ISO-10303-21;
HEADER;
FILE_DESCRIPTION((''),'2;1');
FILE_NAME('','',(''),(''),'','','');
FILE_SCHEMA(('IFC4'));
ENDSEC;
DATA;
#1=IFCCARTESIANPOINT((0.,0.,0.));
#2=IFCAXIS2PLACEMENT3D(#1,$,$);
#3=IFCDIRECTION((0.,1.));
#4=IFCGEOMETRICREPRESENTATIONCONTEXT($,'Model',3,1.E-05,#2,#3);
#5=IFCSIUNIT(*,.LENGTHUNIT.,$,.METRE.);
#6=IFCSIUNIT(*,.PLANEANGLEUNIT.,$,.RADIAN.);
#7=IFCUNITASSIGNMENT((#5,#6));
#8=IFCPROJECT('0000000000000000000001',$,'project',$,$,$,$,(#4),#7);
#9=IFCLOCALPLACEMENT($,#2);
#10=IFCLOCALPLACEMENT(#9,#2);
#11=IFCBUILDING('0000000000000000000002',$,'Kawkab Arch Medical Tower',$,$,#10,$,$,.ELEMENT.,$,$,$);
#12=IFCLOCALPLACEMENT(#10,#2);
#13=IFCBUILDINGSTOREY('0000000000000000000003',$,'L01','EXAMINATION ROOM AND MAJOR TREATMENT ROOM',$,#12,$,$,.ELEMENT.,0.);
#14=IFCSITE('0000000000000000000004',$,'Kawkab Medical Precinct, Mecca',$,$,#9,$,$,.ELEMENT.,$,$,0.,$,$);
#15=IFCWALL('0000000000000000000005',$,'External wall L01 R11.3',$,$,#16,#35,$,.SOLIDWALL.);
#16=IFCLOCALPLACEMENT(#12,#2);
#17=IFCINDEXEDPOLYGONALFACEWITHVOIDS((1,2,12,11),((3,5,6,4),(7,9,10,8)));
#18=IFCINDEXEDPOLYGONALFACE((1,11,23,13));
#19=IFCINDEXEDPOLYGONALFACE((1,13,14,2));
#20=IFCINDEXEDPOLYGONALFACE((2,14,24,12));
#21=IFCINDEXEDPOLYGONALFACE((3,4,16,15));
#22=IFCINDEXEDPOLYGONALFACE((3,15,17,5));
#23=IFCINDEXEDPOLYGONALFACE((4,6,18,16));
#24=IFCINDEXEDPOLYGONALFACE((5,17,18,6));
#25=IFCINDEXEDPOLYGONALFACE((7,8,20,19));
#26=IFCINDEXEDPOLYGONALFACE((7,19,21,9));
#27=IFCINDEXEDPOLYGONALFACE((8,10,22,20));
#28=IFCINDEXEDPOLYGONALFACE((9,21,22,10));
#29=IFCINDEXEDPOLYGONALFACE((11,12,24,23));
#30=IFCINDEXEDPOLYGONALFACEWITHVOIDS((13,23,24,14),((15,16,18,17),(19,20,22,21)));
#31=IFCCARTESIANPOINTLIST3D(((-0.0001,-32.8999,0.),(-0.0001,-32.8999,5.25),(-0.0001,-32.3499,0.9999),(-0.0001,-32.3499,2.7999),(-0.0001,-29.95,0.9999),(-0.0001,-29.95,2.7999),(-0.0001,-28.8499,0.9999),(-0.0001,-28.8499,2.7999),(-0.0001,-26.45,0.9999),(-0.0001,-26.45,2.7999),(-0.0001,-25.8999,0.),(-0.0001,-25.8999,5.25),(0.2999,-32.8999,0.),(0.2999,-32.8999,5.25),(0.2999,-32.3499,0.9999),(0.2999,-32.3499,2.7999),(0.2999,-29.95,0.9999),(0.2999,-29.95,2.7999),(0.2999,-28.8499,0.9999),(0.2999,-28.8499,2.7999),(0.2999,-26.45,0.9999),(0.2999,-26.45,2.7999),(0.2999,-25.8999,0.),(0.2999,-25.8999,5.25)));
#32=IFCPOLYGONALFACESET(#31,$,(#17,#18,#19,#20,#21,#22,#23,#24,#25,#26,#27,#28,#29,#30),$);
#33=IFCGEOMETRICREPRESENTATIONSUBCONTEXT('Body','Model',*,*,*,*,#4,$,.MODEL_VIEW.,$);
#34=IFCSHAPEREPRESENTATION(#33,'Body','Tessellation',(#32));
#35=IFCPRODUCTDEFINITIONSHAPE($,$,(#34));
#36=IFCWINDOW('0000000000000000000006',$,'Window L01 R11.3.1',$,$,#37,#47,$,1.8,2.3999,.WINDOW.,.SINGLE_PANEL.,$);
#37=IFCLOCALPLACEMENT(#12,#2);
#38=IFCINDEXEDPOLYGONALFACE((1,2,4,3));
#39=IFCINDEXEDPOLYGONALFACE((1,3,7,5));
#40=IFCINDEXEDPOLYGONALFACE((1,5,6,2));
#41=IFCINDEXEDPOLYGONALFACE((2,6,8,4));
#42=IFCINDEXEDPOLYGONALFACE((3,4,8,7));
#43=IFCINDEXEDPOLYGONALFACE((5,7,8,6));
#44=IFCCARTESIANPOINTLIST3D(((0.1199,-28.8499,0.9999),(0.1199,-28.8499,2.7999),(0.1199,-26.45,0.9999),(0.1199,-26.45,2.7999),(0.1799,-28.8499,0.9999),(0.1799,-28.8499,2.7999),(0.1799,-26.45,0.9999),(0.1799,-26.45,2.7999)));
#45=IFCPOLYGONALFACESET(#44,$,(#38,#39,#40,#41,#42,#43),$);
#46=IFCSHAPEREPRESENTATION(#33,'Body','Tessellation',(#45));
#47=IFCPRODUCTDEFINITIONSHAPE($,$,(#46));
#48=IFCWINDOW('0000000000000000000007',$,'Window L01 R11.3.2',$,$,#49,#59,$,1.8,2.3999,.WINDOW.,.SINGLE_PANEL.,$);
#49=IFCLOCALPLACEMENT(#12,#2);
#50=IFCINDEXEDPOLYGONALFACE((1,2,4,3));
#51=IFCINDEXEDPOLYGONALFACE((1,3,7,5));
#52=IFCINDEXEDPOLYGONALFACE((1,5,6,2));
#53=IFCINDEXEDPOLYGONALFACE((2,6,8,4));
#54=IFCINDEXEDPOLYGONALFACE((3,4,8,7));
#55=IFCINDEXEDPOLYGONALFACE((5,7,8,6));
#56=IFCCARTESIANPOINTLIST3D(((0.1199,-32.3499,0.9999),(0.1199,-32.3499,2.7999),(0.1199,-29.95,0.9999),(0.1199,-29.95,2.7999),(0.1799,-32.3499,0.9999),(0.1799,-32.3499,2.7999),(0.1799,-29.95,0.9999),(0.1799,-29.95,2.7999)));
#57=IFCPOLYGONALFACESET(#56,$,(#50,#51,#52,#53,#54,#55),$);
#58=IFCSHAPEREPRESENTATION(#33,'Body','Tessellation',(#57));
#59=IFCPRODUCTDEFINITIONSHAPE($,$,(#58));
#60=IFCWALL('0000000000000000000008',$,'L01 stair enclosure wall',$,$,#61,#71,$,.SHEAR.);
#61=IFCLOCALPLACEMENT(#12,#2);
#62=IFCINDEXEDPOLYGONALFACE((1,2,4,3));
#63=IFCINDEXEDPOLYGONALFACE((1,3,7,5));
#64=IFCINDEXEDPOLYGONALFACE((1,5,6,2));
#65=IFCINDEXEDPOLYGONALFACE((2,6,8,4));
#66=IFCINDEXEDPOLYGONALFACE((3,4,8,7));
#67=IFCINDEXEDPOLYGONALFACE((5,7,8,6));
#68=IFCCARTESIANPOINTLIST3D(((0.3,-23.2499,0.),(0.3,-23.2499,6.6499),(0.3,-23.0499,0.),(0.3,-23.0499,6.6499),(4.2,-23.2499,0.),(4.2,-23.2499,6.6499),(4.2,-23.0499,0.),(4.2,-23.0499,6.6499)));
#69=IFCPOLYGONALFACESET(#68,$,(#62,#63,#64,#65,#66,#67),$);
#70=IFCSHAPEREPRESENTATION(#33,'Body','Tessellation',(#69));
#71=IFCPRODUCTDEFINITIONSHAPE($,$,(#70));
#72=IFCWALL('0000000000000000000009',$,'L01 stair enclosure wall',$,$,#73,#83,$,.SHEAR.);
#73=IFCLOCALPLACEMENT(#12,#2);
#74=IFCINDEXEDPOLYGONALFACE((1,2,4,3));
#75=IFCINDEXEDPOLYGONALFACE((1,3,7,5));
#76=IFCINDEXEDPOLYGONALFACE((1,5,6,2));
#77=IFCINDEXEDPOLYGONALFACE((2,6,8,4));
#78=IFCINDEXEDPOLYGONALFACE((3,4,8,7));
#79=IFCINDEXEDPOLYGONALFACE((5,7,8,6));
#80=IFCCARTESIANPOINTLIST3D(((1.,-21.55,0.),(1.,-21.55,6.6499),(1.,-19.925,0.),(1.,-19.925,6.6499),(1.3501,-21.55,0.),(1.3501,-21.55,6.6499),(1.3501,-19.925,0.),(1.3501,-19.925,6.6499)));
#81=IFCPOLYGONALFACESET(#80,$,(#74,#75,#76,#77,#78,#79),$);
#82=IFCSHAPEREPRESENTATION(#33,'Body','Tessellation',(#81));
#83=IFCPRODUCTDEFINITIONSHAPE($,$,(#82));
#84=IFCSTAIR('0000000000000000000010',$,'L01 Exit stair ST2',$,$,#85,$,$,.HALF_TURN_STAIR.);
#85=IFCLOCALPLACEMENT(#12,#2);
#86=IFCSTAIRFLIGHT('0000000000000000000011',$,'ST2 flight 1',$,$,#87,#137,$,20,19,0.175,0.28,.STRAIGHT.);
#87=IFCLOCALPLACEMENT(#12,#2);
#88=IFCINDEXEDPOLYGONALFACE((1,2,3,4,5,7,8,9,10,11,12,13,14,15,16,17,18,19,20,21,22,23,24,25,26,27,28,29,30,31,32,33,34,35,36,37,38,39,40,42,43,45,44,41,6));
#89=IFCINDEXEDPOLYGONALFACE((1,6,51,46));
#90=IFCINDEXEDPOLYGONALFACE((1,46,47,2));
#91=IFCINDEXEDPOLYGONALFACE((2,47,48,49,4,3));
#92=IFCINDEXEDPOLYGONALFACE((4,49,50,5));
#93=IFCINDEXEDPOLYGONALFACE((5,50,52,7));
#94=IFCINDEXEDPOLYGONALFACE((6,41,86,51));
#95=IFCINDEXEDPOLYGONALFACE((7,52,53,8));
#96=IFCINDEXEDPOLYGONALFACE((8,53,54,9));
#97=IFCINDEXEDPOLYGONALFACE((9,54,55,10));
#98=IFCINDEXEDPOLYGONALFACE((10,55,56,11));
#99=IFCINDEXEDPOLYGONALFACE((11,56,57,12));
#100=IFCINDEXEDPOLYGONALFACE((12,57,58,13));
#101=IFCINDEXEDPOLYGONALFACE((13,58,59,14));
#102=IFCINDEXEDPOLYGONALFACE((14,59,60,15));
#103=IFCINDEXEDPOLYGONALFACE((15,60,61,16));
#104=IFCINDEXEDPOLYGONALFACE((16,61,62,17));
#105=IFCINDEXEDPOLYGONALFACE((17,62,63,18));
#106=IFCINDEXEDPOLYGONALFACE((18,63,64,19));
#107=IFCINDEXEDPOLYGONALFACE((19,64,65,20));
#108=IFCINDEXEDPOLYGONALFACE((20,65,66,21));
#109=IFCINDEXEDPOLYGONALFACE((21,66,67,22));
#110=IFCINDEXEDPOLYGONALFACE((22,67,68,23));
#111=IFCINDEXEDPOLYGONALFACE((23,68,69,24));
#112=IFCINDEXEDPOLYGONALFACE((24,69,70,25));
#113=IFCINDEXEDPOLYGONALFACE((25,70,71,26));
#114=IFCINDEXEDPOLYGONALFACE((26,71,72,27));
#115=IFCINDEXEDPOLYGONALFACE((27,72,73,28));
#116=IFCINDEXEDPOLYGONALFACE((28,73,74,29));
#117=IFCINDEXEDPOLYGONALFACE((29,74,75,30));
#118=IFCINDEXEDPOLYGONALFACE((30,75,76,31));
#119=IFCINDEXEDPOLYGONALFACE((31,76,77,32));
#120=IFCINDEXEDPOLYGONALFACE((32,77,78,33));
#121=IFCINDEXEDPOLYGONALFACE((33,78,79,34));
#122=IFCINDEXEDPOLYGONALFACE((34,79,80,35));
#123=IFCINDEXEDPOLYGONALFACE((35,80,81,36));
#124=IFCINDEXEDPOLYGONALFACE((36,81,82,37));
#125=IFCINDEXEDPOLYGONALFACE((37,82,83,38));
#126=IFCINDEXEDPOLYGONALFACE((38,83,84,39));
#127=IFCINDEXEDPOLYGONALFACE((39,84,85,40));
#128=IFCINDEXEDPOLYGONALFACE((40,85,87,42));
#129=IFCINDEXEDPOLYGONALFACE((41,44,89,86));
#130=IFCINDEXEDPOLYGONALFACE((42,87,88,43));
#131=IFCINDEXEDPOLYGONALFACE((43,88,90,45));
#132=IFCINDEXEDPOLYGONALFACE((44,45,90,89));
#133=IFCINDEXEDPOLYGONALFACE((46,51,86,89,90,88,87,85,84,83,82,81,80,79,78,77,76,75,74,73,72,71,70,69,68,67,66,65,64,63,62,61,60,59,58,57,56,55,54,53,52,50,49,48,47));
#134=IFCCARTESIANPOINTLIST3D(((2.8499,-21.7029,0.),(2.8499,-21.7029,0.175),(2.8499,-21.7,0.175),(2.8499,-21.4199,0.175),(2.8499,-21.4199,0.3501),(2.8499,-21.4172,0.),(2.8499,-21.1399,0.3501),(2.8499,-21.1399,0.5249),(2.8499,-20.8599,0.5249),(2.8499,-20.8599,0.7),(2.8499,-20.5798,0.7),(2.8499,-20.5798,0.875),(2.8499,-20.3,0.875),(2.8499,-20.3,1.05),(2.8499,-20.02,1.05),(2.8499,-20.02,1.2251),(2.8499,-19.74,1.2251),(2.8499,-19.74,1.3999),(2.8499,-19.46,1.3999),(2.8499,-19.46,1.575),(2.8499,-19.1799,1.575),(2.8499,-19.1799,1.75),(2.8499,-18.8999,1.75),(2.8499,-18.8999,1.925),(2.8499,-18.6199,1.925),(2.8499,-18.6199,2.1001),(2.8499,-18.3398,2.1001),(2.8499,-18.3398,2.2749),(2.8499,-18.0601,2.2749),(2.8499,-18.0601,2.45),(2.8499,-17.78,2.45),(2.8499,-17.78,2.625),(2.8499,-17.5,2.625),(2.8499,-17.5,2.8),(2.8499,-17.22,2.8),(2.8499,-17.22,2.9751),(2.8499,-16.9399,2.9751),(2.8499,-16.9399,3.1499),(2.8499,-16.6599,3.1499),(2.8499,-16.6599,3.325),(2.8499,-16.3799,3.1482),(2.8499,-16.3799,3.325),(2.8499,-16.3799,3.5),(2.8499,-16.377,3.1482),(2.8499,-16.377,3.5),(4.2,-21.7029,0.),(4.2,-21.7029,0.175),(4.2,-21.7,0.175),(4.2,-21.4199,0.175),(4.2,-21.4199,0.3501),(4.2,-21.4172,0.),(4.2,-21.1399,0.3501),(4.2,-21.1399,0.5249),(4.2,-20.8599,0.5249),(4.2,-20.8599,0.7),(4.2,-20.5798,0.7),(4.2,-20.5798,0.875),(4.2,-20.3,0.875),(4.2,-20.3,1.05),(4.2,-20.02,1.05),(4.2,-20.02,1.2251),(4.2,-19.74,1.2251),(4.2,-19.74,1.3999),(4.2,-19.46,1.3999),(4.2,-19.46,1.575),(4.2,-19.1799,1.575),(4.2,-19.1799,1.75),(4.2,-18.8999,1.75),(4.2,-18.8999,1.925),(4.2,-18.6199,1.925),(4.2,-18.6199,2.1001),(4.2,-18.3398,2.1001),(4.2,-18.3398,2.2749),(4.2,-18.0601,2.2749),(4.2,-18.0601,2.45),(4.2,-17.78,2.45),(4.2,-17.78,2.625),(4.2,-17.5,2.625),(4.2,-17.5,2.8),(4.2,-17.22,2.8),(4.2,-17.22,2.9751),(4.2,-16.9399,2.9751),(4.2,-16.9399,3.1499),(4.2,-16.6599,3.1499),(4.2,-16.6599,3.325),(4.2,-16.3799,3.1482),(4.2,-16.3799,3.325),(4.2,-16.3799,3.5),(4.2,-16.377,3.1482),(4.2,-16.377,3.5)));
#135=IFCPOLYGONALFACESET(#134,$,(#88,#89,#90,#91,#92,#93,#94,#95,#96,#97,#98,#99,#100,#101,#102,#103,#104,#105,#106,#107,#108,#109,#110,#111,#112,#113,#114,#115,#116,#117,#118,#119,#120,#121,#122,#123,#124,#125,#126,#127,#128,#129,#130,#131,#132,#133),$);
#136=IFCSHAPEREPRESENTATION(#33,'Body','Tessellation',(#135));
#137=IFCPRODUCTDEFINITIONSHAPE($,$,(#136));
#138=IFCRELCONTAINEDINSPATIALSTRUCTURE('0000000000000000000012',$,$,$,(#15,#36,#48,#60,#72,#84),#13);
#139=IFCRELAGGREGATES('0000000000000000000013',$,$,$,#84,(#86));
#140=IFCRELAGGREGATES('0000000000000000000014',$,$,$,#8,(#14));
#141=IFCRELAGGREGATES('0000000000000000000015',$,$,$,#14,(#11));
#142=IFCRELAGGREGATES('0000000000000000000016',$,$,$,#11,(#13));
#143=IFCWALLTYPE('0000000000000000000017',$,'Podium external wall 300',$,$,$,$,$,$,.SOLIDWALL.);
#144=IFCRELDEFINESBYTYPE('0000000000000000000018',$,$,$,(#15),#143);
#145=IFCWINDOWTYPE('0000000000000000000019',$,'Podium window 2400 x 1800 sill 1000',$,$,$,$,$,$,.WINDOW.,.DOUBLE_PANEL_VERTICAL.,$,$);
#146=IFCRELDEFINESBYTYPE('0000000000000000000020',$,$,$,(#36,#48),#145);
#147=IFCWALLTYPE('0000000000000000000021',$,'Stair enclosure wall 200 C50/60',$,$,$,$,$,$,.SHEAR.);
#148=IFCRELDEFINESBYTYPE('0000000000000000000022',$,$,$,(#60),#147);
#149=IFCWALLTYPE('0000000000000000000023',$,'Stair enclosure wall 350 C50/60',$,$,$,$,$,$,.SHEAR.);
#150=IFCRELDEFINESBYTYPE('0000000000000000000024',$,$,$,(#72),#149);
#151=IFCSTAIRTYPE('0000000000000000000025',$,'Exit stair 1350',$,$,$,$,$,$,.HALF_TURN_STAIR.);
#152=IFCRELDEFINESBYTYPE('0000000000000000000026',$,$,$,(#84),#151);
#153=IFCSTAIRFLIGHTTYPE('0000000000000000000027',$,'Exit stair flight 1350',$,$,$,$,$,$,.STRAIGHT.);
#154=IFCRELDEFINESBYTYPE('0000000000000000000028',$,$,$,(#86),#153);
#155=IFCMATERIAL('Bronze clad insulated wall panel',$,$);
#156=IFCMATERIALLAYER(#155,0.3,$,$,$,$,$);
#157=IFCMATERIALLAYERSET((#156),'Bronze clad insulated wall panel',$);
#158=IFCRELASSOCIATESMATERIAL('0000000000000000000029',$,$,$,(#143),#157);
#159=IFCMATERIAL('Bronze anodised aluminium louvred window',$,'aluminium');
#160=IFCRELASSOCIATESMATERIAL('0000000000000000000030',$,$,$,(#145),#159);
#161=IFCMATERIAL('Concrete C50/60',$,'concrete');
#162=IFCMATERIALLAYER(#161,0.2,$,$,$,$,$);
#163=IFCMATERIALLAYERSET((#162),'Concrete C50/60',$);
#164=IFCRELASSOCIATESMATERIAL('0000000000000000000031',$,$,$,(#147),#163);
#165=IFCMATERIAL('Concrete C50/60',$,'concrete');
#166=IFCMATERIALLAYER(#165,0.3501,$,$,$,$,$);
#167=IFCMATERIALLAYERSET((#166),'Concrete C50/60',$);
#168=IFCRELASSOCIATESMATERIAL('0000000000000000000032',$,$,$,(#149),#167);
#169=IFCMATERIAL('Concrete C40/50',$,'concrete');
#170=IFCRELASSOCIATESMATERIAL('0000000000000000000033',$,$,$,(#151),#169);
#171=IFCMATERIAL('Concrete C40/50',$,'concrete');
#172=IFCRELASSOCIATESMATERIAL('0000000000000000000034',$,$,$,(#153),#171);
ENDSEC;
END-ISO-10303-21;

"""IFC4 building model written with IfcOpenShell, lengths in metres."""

from ifc_helpers import new_model, si_unit, direction, frame, frame_2d, origin, place, context, subcontext, project, spatial, polyline, rectangle, outline, extrude, material, layer, layer_set, type_object, element, fill, aggregate, save


model = new_model("IFC4")

# Units and contexts
model_context = context("Model", 3, precision=1e-05, world=origin(), true_north=direction((0.0, 1.0)))
body_context = subcontext(model_context, "Body", "Model", "MODEL_VIEW")
ifc_project = project(units=[si_unit("LENGTHUNIT", "METRE"), si_unit("PLANEANGLEUNIT", "RADIAN")], contexts=[model_context])

# Site, building, storey
site_placement = place(None, origin())
site = spatial("IfcSite", under=ifc_project, at=site_placement, Name="Kawkab Medical Precinct, Mecca", CompositionType="ELEMENT", RefElevation=0.0)
building_placement = place(site_placement, origin())
building = spatial("IfcBuilding", under=site, at=building_placement, Name="Kawkab Arch Medical Tower", CompositionType="ELEMENT")
storey_placement = place(building_placement, origin())
storey = spatial("IfcBuildingStorey", under=building, at=storey_placement, Name="L01", Description="EXAMINATION ROOM AND MAJOR TREATMENT ROOM", CompositionType="ELEMENT", Elevation=0.0)

# Wall, openings, windows
ifc_material_1 = material(Name="Bronze clad insulated wall panel")
ifc_layer_1 = layer(ifc_material_1, 0.3)
ifc_layer_set_1 = layer_set([ifc_layer_1], Name="Bronze clad insulated wall panel")
wall_type_1 = type_object("IfcWallType", Name="Podium external wall 300", PredefinedType="SOLIDWALL", material=ifc_layer_set_1)
wall_1_placement = place(storey_placement, frame((0.1499, -25.8999, 0.0), z_axis=(0.0, 0.0, 1.0), x_axis=(0.0, -1.0, 0.0)))
wall_1 = element("IfcWall", 1, at=wall_1_placement, inside=storey, type_object=wall_type_1, Name="External wall L01 R11.3", PredefinedType="SOLIDWALL", context=body_context, shape_type="SweptSolid", body=[
    extrude(rectangle(XDim=7.0, YDim=0.3, at=frame_2d((3.5, 0.0))), origin(), (0.0, 0.0, 1.0), 5.25),
])
opening_1_placement = place(wall_1_placement, frame((0.55, 0.0, 1.0)))
opening_1 = element("IfcOpeningElement", 2, at=opening_1_placement, cuts=wall_1, PredefinedType="OPENING", context=body_context, shape_type="SweptSolid", body=[
    extrude(rectangle(XDim=2.3999, YDim=1.8, at=frame_2d((1.2, 0.8999))), frame((0.0, 0.1599, 0.0), z_axis=(0.0, -1.0, 0.0), x_axis=(1.0, 0.0, 0.0)), (0.0, 0.0, 1.0), 0.3201),
])
opening_2_placement = place(wall_1_placement, frame((4.05, 0.0, 1.0)))
opening_2 = element("IfcOpeningElement", 3, at=opening_2_placement, cuts=wall_1, PredefinedType="OPENING", context=body_context, shape_type="SweptSolid", body=[
    extrude(rectangle(XDim=2.3999, YDim=1.8, at=frame_2d((1.2, 0.8999))), frame((0.0, 0.1599, 0.0), z_axis=(0.0, -1.0, 0.0), x_axis=(1.0, 0.0, 0.0)), (0.0, 0.0, 1.0), 0.3201),
])
ifc_material_2 = material(Name="Bronze anodised aluminium louvred window", Category="aluminium")
window_type = type_object("IfcWindowType", Name="Podium window 2400 x 1800 sill 1000", PartitioningType="DOUBLE_PANEL_VERTICAL", PredefinedType="WINDOW", material=ifc_material_2)
window_1_placement = place(opening_1_placement, origin())
window_1 = element("IfcWindow", 4, at=window_1_placement, inside=storey, type_object=window_type, Name="Window L01 R11.3.1", OverallHeight=1.8, OverallWidth=2.3999, PartitioningType="SINGLE_PANEL", PredefinedType="WINDOW", context=body_context, shape_type="SweptSolid", body=[
    extrude(rectangle(XDim=2.3999, YDim=1.8, at=frame_2d((1.2, 0.8999))), frame((0.0, 0.03, 0.0), z_axis=(0.0, -1.0, 0.0), x_axis=(1.0, 0.0, 0.0)), (0.0, 0.0, 1.0), 0.0601),
])
fill(opening_1, window_1)
window_2_placement = place(opening_2_placement, origin())
window_2 = element("IfcWindow", 5, at=window_2_placement, inside=storey, type_object=window_type, Name="Window L01 R11.3.2", OverallHeight=1.8, OverallWidth=2.3999, PartitioningType="SINGLE_PANEL", PredefinedType="WINDOW", context=body_context, shape_type="SweptSolid", body=[
    extrude(rectangle(XDim=2.3999, YDim=1.8, at=frame_2d((1.2, 0.8999))), frame((0.0, 0.03, 0.0), z_axis=(0.0, -1.0, 0.0), x_axis=(1.0, 0.0, 0.0)), (0.0, 0.0, 1.0), 0.0601),
])
fill(opening_2, window_2)

# Walls
ifc_material_3 = material(Name="Concrete C50/60", Category="concrete")
ifc_layer_2 = layer(ifc_material_3, 0.2)
ifc_layer_set_2 = layer_set([ifc_layer_2], Name="Concrete C50/60")
wall_type_2 = type_object("IfcWallType", Name="Stair enclosure wall 200 C50/60", PredefinedType="SHEAR", material=ifc_layer_set_2)
wall_2_placement = place(storey_placement, frame((0.3, -23.1499, 0.0), z_axis=(0.0, 0.0, 1.0), x_axis=(1.0, 0.0, 0.0)))
element("IfcWall", 6, at=wall_2_placement, inside=storey, type_object=wall_type_2, Name="L01 stair enclosure wall", PredefinedType="SHEAR", context=body_context, shape_type="SweptSolid", body=[
    extrude(rectangle(XDim=3.8999, YDim=0.2, at=frame_2d((1.95, 0.0))), origin(), (0.0, 0.0, 1.0), 6.6499),
])
ifc_material_4 = material(Name="Concrete C50/60", Category="concrete")
ifc_layer_3 = layer(ifc_material_4, 0.3501)
ifc_layer_set_3 = layer_set([ifc_layer_3], Name="Concrete C50/60")
wall_type_3 = type_object("IfcWallType", Name="Stair enclosure wall 350 C50/60", PredefinedType="SHEAR", material=ifc_layer_set_3)
wall_3_placement = place(storey_placement, frame((1.175, -21.55, 0.0), z_axis=(0.0, 0.0, 1.0), x_axis=(0.0, 1.0, 0.0)))
element("IfcWall", 7, at=wall_3_placement, inside=storey, type_object=wall_type_3, Name="L01 stair enclosure wall", PredefinedType="SHEAR", context=body_context, shape_type="SweptSolid", body=[
    extrude(rectangle(XDim=1.625, YDim=0.3501, at=frame_2d((0.8125, 0.0))), origin(), (0.0, 0.0, 1.0), 6.6499),
])

# Stair, stair flight
ifc_material_5 = material(Name="Concrete C40/50", Category="concrete")
stair_type = type_object("IfcStairType", Name="Exit stair 1350", PredefinedType="HALF_TURN_STAIR", material=ifc_material_5)
stair_placement = place(storey_placement, origin())
stair = element("IfcStair", 8, at=stair_placement, inside=storey, type_object=stair_type, Name="L01 Exit stair ST2", PredefinedType="HALF_TURN_STAIR")
ifc_material_6 = material(Name="Concrete C40/50", Category="concrete")
stair_flight_type = type_object("IfcStairFlightType", Name="Exit stair flight 1350", PredefinedType="STRAIGHT", material=ifc_material_6)
stair_flight_placement = place(storey_placement, frame((3.5249, -21.7, 0.0), z_axis=(0.0, 0.0, 1.0), x_axis=(0.0, 1.0, 0.0)))
stair_flight = element("IfcStairFlight", 9, at=stair_flight_placement, type_object=stair_flight_type, Name="ST2 flight 1", NumberOfRisers=20, NumberOfTreads=19, PredefinedType="STRAIGHT", RiserHeight=0.175, TreadLength=0.28, context=body_context, shape_type="SweptSolid", body=[
    extrude(outline(polyline([(-0.0029, 0.0), (-0.0029, 0.175), (0.0, 0.175), (0.28, 0.175), (0.28, 0.3501), (0.5601, 0.3501), (0.5601, 0.5249), (0.8401, 0.5249), (0.8401, 0.7), (1.1201, 0.7), (1.1201, 0.875), (1.3999, 0.875), (1.3999, 1.05), (1.6799, 1.05), (1.6799, 1.2251), (1.96, 1.2251), (1.96, 1.3999), (2.24, 1.3999), (2.24, 1.575), (2.52, 1.575), (2.52, 1.75), (2.8, 1.75), (2.8, 1.925), (3.0801, 1.925), (3.0801, 2.1001), (3.3601, 2.1001), (3.3601, 2.2749), (3.6399, 2.2749), (3.6399, 2.45), (3.9199, 2.45), (3.9199, 2.625), (4.2, 2.625), (4.2, 2.8), (4.48, 2.8), (4.48, 2.9751), (4.76, 2.9751), (4.76, 3.1499), (5.04, 3.1499), (5.04, 3.325), (5.3201, 3.325), (5.3201, 3.5), (5.323, 3.5), (5.323, 3.1482), (5.3201, 3.1482), (0.2827, 0.0), (-0.0029, 0.0)])), frame((0.0, 0.675, 0.0), z_axis=(0.0, -1.0, 0.0), x_axis=(1.0, 0.0, 0.0)), (0.0, 0.0, 1.0), 1.3501),
])
aggregate(stair, [stair_flight])

save(model, "model.ifc")
